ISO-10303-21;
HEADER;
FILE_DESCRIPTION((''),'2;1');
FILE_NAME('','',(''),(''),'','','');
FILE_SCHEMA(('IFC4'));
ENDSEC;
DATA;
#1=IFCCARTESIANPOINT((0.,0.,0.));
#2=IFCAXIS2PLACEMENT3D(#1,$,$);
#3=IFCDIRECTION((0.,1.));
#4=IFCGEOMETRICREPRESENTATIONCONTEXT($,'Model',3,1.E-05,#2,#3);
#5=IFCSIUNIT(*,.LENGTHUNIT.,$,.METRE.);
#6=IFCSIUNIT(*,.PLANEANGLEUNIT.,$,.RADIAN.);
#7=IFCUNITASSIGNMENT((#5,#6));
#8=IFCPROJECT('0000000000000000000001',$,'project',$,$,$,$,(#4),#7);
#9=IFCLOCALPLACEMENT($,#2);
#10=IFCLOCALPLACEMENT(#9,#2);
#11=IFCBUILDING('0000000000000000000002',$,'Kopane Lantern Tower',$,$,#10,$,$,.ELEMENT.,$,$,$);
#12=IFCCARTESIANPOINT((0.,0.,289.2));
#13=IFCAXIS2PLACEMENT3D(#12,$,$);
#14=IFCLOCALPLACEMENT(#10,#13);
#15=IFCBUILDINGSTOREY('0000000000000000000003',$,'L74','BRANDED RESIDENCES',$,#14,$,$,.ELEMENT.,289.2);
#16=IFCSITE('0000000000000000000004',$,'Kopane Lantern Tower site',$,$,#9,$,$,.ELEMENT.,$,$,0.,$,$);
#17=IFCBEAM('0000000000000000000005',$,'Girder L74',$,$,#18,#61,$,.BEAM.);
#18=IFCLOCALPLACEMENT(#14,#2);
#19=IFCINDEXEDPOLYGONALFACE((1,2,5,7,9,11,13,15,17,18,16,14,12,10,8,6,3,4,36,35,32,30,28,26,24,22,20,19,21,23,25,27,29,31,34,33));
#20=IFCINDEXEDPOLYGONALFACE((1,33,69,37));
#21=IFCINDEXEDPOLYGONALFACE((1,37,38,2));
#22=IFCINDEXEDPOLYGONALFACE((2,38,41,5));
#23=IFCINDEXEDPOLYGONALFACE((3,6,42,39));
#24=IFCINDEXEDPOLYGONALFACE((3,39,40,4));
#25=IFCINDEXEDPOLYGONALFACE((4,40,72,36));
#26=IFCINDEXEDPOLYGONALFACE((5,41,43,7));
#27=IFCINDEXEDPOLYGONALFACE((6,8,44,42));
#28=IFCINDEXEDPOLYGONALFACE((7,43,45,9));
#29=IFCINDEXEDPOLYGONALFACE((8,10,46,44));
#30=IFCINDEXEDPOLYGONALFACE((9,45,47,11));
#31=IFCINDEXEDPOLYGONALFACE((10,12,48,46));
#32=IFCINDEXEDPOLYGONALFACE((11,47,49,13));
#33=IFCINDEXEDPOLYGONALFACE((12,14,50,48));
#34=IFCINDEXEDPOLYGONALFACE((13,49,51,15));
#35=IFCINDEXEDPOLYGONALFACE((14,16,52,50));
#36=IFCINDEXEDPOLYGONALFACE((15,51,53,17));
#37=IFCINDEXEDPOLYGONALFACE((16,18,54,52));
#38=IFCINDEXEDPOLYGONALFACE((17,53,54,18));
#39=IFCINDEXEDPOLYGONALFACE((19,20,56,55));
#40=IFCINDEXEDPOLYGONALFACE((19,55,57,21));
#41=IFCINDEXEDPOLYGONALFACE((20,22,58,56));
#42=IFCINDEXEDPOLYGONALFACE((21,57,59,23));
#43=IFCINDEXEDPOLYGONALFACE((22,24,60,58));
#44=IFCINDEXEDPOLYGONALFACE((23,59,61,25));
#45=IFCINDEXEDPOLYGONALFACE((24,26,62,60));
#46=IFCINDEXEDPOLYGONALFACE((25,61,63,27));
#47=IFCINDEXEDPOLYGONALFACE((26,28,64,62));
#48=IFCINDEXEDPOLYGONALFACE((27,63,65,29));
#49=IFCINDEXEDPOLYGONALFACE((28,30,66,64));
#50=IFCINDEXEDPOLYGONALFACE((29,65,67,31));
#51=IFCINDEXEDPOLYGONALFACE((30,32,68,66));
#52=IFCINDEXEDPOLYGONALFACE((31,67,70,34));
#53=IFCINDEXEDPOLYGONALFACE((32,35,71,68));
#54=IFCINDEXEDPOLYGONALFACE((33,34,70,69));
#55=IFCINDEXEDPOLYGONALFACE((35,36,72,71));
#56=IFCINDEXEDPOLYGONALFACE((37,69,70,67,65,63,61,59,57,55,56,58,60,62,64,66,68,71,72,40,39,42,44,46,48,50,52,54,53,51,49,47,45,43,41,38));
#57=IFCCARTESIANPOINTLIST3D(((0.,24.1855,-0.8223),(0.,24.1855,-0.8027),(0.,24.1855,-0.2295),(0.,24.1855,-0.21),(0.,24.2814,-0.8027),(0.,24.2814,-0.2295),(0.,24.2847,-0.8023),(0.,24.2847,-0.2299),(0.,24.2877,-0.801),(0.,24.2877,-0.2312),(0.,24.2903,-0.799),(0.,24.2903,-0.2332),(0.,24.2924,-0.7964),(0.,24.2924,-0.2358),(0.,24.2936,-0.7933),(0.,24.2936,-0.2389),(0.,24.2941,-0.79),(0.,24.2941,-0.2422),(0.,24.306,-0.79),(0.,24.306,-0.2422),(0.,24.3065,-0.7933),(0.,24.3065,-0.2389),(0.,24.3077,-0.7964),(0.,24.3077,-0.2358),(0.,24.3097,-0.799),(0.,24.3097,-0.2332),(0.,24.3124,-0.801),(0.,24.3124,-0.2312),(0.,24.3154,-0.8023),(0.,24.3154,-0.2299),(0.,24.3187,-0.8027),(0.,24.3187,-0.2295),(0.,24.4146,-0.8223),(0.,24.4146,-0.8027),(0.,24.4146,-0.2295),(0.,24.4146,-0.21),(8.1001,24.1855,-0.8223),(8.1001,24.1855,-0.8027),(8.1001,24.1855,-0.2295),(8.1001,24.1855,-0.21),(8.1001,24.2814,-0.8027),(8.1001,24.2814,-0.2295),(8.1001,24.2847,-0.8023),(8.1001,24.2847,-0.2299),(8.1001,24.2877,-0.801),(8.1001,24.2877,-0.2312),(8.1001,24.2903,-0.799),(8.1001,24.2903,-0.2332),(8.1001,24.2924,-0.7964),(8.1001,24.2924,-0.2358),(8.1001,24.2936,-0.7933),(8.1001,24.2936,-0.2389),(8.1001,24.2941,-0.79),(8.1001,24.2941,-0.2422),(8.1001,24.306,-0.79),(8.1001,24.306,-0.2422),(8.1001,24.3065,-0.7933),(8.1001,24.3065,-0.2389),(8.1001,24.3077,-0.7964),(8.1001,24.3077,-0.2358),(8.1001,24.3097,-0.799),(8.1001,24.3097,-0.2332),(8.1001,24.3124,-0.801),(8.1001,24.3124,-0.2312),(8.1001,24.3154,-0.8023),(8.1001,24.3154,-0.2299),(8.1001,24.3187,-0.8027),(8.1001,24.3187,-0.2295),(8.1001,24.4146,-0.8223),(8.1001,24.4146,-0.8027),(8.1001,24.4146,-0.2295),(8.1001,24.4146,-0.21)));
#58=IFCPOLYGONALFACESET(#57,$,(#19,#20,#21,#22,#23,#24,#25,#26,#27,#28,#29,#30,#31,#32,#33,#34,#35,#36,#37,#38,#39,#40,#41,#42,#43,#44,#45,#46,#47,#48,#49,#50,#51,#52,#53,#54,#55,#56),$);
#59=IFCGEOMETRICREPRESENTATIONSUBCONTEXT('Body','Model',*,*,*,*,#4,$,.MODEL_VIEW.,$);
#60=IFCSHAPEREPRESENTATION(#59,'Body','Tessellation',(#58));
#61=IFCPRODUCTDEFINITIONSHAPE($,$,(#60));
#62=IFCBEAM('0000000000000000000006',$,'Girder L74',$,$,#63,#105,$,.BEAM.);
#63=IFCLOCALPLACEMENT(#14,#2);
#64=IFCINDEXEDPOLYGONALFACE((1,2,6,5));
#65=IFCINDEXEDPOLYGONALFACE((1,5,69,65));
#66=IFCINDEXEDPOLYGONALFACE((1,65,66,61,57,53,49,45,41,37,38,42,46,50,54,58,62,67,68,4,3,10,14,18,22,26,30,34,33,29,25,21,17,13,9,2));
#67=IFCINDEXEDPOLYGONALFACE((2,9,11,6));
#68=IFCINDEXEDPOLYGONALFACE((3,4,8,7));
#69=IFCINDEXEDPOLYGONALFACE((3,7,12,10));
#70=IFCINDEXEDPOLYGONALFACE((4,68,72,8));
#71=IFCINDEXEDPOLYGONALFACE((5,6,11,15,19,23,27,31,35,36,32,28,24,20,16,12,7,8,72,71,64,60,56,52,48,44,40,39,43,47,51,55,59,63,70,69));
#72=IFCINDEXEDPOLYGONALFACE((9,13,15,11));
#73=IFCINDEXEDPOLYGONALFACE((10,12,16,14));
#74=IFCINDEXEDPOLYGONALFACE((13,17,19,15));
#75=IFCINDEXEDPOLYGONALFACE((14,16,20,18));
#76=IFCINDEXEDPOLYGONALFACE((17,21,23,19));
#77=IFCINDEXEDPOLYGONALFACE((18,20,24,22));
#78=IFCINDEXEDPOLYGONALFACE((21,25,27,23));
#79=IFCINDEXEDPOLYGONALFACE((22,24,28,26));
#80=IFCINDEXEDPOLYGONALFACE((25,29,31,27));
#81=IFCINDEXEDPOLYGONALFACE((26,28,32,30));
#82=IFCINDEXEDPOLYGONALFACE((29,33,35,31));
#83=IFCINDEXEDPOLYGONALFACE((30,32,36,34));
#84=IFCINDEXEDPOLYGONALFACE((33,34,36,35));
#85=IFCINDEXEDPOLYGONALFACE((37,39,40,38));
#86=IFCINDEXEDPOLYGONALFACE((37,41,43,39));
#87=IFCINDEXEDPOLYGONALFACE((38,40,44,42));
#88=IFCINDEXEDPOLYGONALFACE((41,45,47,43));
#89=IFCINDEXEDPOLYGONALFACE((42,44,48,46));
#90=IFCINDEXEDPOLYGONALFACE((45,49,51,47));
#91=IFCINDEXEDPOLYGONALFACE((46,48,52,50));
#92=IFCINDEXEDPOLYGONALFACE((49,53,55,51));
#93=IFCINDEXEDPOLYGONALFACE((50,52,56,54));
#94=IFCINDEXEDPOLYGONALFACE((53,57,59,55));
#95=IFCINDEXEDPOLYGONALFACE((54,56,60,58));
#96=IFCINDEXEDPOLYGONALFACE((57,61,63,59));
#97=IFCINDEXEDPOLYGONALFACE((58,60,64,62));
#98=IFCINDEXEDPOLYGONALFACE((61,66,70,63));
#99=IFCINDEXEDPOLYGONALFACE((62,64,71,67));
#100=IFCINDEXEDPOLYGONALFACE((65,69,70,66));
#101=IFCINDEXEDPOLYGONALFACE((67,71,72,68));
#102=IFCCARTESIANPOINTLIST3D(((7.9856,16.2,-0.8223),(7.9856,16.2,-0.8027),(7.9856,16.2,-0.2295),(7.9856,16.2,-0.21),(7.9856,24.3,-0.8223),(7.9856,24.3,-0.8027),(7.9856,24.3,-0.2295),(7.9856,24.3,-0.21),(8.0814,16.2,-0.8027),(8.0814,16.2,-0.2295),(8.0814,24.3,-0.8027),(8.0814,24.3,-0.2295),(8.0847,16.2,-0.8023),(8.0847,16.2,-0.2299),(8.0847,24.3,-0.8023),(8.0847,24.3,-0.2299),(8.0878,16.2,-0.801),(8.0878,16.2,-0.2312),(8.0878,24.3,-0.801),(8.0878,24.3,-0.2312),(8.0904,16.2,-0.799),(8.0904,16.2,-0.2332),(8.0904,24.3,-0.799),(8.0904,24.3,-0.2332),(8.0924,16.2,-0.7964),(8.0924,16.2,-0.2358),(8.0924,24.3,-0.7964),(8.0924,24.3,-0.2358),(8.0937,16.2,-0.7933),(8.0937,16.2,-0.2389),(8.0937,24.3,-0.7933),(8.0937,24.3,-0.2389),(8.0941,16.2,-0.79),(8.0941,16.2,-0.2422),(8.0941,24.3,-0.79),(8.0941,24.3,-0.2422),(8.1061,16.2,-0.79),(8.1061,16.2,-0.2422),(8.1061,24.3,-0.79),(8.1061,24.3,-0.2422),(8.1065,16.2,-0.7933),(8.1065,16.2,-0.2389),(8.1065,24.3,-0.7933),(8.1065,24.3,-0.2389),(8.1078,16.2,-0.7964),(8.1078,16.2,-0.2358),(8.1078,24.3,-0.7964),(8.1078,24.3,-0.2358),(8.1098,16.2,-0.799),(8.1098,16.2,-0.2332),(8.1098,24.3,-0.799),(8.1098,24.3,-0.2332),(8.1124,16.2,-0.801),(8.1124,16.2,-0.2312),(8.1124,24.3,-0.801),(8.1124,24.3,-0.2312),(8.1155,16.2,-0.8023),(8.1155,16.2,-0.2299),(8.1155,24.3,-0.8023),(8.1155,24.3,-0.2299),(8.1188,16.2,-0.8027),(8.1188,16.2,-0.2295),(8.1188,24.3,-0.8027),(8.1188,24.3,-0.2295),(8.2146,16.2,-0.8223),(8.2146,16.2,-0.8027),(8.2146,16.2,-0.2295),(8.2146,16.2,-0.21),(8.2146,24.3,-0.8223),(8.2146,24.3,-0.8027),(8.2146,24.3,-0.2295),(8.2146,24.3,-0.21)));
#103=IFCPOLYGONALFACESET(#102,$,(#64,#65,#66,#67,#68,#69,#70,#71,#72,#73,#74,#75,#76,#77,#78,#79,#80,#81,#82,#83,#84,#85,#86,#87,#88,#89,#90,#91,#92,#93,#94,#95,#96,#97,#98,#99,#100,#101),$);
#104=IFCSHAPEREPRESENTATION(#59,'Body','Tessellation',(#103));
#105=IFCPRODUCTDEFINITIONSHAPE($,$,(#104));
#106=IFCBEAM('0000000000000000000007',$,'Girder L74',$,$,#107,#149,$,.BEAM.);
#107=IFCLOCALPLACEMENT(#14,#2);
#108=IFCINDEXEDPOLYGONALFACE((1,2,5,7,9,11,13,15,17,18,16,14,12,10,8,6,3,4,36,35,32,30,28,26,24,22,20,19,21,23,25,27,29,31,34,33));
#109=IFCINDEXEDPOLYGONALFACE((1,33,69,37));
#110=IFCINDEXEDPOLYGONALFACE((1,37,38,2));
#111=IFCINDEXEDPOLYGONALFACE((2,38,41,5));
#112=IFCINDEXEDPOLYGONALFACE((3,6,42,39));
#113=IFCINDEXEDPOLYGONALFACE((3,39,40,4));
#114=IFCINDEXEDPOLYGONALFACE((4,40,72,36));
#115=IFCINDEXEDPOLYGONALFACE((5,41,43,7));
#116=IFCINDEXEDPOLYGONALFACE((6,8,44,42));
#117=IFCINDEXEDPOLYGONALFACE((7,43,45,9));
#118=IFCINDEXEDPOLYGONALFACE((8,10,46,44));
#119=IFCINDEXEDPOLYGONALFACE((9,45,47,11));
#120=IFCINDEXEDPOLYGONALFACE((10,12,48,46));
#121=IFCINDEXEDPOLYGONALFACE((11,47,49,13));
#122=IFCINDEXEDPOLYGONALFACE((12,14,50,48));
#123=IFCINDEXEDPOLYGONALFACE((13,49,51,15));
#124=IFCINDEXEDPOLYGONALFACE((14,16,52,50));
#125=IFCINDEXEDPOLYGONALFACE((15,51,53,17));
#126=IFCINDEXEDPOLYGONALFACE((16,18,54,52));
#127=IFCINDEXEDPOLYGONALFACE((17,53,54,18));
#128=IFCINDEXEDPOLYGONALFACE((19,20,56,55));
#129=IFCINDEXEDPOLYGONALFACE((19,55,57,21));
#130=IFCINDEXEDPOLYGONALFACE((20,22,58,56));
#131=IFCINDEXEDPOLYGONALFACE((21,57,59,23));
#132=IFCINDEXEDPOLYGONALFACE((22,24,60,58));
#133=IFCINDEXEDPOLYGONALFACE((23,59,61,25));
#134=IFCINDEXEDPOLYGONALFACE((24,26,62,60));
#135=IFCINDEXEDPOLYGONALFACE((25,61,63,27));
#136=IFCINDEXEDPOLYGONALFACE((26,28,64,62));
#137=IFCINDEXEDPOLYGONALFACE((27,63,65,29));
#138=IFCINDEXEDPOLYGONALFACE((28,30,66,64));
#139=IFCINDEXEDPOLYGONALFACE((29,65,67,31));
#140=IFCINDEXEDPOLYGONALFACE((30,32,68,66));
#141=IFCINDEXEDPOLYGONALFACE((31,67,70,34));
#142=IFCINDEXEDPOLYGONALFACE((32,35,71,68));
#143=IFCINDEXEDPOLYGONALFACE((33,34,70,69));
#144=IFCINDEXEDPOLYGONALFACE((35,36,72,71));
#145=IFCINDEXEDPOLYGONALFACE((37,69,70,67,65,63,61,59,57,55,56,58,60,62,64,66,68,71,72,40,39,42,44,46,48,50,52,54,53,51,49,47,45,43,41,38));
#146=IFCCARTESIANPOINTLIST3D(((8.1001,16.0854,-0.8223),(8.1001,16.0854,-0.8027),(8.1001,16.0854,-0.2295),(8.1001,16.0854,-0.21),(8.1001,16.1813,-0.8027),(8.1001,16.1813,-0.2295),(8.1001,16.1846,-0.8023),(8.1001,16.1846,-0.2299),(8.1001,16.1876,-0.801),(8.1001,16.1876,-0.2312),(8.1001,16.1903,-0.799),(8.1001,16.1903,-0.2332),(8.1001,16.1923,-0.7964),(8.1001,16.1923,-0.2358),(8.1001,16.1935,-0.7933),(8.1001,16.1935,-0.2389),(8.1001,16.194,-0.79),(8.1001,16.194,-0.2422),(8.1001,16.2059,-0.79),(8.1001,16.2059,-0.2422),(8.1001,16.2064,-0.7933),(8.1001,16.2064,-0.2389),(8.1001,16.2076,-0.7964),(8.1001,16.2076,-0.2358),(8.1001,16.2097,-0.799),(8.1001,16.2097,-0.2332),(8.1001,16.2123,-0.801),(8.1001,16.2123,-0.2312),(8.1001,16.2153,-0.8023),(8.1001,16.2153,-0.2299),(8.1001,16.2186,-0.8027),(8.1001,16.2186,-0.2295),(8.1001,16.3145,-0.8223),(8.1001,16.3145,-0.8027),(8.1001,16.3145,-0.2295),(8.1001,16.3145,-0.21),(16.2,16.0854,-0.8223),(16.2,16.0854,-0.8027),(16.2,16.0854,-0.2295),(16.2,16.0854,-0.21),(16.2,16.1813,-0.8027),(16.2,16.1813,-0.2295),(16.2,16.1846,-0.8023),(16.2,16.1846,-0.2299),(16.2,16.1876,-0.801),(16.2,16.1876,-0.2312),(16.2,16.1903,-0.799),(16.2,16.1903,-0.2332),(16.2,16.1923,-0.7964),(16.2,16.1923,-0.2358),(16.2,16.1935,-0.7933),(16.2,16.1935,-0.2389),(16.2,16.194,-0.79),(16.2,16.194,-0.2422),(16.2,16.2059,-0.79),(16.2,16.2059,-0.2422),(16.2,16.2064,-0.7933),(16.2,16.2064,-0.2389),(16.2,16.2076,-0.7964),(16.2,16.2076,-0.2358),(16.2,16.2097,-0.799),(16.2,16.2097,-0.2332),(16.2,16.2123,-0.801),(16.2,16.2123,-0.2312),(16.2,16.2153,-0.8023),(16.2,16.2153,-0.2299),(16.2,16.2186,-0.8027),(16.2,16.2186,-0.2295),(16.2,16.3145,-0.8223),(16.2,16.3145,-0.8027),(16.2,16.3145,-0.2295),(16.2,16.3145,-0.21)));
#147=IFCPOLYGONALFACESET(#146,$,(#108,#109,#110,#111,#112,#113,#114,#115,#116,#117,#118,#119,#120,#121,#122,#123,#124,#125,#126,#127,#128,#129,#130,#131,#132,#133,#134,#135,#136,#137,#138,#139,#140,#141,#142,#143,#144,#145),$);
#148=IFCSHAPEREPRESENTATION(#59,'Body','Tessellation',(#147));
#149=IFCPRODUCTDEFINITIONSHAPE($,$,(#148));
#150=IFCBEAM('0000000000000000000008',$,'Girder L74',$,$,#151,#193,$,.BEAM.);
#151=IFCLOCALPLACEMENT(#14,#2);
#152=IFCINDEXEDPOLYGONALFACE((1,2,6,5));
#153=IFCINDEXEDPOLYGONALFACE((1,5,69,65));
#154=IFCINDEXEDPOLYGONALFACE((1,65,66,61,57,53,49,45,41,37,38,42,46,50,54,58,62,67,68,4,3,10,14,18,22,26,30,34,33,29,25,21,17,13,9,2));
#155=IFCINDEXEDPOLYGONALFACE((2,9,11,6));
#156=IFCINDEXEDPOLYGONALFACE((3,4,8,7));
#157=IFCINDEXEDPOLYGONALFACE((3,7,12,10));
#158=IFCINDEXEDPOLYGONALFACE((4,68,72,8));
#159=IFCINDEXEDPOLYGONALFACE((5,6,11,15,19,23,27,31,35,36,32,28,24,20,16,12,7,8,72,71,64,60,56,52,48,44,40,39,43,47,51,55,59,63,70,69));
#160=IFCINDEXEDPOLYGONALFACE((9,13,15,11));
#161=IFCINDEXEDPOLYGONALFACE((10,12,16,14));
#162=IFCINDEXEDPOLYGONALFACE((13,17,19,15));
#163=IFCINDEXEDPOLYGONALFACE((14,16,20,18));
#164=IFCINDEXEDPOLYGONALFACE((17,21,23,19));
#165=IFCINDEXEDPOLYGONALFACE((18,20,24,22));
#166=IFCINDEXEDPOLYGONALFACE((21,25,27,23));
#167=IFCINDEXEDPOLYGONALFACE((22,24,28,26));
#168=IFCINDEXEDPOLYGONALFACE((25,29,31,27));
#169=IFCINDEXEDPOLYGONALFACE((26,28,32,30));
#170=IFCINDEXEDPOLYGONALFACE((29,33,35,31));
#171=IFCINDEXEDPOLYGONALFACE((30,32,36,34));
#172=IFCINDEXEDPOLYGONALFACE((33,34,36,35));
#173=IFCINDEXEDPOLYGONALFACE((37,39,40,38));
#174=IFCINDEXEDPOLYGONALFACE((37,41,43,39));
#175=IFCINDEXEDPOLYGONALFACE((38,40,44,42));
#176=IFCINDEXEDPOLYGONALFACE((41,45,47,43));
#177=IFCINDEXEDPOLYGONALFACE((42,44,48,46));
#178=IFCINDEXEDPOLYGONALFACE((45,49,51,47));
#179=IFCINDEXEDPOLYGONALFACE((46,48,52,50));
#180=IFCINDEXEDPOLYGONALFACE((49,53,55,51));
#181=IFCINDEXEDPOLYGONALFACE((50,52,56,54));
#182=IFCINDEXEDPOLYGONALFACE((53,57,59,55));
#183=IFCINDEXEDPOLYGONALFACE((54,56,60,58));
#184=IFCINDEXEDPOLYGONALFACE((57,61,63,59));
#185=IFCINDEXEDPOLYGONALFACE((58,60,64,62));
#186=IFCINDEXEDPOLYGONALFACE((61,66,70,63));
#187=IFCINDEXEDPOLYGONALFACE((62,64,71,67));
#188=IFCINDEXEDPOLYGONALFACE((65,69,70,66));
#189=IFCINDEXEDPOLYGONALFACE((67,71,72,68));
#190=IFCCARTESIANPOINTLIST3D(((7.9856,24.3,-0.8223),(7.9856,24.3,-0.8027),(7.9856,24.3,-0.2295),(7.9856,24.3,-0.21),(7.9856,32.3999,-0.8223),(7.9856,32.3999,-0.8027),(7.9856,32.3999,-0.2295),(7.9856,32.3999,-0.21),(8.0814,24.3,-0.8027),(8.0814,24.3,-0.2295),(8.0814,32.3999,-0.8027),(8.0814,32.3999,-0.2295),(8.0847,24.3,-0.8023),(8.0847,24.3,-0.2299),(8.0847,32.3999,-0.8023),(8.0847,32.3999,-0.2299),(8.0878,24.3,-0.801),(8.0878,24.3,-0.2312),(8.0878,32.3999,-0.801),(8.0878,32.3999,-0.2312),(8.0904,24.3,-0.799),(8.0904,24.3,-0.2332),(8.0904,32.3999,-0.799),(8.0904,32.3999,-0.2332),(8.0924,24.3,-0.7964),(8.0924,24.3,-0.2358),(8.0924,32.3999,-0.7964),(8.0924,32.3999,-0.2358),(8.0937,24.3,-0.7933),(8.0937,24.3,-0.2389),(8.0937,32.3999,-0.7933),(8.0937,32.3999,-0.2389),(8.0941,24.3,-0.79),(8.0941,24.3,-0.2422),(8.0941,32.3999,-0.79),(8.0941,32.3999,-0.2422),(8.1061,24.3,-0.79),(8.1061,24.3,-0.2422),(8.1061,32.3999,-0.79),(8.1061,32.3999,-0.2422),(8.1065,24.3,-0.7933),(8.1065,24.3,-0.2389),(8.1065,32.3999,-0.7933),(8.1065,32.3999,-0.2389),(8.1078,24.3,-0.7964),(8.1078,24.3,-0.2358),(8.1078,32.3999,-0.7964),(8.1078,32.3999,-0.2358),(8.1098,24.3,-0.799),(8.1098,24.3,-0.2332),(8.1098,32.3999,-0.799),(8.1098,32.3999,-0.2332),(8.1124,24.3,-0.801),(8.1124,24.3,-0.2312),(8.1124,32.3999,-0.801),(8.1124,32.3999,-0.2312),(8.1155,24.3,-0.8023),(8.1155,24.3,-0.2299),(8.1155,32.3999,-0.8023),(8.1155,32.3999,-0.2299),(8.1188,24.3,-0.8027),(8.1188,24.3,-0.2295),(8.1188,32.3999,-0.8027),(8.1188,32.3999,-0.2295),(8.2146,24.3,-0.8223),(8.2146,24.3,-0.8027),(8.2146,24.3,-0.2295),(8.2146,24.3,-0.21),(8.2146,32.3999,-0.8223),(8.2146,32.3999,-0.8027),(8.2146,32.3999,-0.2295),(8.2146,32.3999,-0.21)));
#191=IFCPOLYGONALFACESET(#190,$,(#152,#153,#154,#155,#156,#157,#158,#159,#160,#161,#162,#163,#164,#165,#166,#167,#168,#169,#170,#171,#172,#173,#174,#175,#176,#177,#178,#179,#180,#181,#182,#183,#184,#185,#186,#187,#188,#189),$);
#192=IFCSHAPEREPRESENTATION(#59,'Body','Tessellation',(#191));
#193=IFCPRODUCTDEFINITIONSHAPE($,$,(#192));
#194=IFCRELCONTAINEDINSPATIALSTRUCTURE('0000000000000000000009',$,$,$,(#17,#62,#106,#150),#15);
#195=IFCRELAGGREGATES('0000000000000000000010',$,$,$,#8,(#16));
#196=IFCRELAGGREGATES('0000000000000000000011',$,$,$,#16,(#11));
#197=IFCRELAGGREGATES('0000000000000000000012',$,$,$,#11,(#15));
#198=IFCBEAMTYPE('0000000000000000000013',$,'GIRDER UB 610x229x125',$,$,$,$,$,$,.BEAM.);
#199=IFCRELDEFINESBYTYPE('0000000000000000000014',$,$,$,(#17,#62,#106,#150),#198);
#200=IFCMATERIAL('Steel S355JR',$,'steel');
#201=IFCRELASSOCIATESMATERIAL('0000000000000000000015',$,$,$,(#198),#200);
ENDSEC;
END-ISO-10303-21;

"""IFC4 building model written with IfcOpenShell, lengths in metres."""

from ifc_helpers import new_model, si_unit, direction, frame, origin, origin_2d, place, context, subcontext, project, spatial, i_section, extrude, material, material_profile, profile_set, type_object, element, save


model = new_model("IFC4")

# Units and contexts
model_context = context("Model", 3, precision=1e-05, world=origin(), true_north=direction((0.0, 1.0)))
body_context = subcontext(model_context, "Body", "Model", "MODEL_VIEW")
ifc_project = project(units=[si_unit("LENGTHUNIT", "METRE"), si_unit("PLANEANGLEUNIT", "RADIAN")], contexts=[model_context])

# Site, building, storey
site_placement = place(None, origin())
site = spatial("IfcSite", under=ifc_project, at=site_placement, Name="Kopane Lantern Tower site", CompositionType="ELEMENT", RefElevation=0.0)
building_placement = place(site_placement, origin())
building = spatial("IfcBuilding", under=site, at=building_placement, Name="Kopane Lantern Tower", CompositionType="ELEMENT")
storey_placement = place(building_placement, frame((0.0, 0.0, 289.2)))
storey = spatial("IfcBuildingStorey", under=building, at=storey_placement, Name="L74", Description="BRANDED RESIDENCES", CompositionType="ELEMENT", Elevation=289.2)

# Beams
ifc_material_1 = material(Name="Steel S355JR", Category="steel")
ifc_material_profile_1 = material_profile(ifc_material_1, i_section(OverallWidth=0.229, OverallDepth=0.6123, WebThickness=0.012, FlangeThickness=0.0195, FilletRadius=0.0127, at=origin_2d()), Name="UB 610x229x125")
ifc_profile_set_1 = profile_set([ifc_material_profile_1], Name="Steel S355JR")
beam_type_1 = type_object("IfcBeamType", Name="GIRDER UB 610x229x125", PredefinedType="BEAM", material=ifc_profile_set_1)
for number, where, z_axis, x_axis, name in (
    (1, (0.0, 24.3, -0.5161), (1.0, 0.0, 0.0), (0.0, 1.0, 0.0), "Girder L74"),
    (2, (8.1001, 16.2, -0.5161), (0.0, 1.0, 0.0), (-1.0, 0.0, 0.0), "Girder L74"),
):
    element("IfcBeam", number, at=place(storey_placement, frame(where, z_axis=z_axis, x_axis=x_axis)), inside=storey, type_object=beam_type_1, Name=name, PredefinedType="BEAM", context=body_context, shape_type="SweptSolid", body=[
        extrude(i_section(OverallWidth=0.229, OverallDepth=0.6123, WebThickness=0.012, FlangeThickness=0.0195, FilletRadius=0.0127, at=origin_2d()), origin(), (0.0, 0.0, 1.0), 8.1001),
    ])
for number, where, z_axis, x_axis, name in (
    (3, (8.1001, 16.2, -0.5161), (1.0, 0.0, 0.0), (0.0, 1.0, 0.0), "Girder L74"),
    (4, (8.1001, 24.3, -0.5161), (0.0, 1.0, 0.0), (-1.0, 0.0, 0.0), "Girder L74"),
):
    element("IfcBeam", number, at=place(storey_placement, frame(where, z_axis=z_axis, x_axis=x_axis)), inside=storey, type_object=beam_type_1, Name=name, PredefinedType="BEAM", context=body_context, shape_type="SweptSolid", body=[
        extrude(i_section(OverallWidth=0.229, OverallDepth=0.6123, WebThickness=0.012, FlangeThickness=0.0195, FilletRadius=0.0127, at=origin_2d()), origin(), (0.0, 0.0, 1.0), 8.0999),
    ])

save(model, "model.ifc")
